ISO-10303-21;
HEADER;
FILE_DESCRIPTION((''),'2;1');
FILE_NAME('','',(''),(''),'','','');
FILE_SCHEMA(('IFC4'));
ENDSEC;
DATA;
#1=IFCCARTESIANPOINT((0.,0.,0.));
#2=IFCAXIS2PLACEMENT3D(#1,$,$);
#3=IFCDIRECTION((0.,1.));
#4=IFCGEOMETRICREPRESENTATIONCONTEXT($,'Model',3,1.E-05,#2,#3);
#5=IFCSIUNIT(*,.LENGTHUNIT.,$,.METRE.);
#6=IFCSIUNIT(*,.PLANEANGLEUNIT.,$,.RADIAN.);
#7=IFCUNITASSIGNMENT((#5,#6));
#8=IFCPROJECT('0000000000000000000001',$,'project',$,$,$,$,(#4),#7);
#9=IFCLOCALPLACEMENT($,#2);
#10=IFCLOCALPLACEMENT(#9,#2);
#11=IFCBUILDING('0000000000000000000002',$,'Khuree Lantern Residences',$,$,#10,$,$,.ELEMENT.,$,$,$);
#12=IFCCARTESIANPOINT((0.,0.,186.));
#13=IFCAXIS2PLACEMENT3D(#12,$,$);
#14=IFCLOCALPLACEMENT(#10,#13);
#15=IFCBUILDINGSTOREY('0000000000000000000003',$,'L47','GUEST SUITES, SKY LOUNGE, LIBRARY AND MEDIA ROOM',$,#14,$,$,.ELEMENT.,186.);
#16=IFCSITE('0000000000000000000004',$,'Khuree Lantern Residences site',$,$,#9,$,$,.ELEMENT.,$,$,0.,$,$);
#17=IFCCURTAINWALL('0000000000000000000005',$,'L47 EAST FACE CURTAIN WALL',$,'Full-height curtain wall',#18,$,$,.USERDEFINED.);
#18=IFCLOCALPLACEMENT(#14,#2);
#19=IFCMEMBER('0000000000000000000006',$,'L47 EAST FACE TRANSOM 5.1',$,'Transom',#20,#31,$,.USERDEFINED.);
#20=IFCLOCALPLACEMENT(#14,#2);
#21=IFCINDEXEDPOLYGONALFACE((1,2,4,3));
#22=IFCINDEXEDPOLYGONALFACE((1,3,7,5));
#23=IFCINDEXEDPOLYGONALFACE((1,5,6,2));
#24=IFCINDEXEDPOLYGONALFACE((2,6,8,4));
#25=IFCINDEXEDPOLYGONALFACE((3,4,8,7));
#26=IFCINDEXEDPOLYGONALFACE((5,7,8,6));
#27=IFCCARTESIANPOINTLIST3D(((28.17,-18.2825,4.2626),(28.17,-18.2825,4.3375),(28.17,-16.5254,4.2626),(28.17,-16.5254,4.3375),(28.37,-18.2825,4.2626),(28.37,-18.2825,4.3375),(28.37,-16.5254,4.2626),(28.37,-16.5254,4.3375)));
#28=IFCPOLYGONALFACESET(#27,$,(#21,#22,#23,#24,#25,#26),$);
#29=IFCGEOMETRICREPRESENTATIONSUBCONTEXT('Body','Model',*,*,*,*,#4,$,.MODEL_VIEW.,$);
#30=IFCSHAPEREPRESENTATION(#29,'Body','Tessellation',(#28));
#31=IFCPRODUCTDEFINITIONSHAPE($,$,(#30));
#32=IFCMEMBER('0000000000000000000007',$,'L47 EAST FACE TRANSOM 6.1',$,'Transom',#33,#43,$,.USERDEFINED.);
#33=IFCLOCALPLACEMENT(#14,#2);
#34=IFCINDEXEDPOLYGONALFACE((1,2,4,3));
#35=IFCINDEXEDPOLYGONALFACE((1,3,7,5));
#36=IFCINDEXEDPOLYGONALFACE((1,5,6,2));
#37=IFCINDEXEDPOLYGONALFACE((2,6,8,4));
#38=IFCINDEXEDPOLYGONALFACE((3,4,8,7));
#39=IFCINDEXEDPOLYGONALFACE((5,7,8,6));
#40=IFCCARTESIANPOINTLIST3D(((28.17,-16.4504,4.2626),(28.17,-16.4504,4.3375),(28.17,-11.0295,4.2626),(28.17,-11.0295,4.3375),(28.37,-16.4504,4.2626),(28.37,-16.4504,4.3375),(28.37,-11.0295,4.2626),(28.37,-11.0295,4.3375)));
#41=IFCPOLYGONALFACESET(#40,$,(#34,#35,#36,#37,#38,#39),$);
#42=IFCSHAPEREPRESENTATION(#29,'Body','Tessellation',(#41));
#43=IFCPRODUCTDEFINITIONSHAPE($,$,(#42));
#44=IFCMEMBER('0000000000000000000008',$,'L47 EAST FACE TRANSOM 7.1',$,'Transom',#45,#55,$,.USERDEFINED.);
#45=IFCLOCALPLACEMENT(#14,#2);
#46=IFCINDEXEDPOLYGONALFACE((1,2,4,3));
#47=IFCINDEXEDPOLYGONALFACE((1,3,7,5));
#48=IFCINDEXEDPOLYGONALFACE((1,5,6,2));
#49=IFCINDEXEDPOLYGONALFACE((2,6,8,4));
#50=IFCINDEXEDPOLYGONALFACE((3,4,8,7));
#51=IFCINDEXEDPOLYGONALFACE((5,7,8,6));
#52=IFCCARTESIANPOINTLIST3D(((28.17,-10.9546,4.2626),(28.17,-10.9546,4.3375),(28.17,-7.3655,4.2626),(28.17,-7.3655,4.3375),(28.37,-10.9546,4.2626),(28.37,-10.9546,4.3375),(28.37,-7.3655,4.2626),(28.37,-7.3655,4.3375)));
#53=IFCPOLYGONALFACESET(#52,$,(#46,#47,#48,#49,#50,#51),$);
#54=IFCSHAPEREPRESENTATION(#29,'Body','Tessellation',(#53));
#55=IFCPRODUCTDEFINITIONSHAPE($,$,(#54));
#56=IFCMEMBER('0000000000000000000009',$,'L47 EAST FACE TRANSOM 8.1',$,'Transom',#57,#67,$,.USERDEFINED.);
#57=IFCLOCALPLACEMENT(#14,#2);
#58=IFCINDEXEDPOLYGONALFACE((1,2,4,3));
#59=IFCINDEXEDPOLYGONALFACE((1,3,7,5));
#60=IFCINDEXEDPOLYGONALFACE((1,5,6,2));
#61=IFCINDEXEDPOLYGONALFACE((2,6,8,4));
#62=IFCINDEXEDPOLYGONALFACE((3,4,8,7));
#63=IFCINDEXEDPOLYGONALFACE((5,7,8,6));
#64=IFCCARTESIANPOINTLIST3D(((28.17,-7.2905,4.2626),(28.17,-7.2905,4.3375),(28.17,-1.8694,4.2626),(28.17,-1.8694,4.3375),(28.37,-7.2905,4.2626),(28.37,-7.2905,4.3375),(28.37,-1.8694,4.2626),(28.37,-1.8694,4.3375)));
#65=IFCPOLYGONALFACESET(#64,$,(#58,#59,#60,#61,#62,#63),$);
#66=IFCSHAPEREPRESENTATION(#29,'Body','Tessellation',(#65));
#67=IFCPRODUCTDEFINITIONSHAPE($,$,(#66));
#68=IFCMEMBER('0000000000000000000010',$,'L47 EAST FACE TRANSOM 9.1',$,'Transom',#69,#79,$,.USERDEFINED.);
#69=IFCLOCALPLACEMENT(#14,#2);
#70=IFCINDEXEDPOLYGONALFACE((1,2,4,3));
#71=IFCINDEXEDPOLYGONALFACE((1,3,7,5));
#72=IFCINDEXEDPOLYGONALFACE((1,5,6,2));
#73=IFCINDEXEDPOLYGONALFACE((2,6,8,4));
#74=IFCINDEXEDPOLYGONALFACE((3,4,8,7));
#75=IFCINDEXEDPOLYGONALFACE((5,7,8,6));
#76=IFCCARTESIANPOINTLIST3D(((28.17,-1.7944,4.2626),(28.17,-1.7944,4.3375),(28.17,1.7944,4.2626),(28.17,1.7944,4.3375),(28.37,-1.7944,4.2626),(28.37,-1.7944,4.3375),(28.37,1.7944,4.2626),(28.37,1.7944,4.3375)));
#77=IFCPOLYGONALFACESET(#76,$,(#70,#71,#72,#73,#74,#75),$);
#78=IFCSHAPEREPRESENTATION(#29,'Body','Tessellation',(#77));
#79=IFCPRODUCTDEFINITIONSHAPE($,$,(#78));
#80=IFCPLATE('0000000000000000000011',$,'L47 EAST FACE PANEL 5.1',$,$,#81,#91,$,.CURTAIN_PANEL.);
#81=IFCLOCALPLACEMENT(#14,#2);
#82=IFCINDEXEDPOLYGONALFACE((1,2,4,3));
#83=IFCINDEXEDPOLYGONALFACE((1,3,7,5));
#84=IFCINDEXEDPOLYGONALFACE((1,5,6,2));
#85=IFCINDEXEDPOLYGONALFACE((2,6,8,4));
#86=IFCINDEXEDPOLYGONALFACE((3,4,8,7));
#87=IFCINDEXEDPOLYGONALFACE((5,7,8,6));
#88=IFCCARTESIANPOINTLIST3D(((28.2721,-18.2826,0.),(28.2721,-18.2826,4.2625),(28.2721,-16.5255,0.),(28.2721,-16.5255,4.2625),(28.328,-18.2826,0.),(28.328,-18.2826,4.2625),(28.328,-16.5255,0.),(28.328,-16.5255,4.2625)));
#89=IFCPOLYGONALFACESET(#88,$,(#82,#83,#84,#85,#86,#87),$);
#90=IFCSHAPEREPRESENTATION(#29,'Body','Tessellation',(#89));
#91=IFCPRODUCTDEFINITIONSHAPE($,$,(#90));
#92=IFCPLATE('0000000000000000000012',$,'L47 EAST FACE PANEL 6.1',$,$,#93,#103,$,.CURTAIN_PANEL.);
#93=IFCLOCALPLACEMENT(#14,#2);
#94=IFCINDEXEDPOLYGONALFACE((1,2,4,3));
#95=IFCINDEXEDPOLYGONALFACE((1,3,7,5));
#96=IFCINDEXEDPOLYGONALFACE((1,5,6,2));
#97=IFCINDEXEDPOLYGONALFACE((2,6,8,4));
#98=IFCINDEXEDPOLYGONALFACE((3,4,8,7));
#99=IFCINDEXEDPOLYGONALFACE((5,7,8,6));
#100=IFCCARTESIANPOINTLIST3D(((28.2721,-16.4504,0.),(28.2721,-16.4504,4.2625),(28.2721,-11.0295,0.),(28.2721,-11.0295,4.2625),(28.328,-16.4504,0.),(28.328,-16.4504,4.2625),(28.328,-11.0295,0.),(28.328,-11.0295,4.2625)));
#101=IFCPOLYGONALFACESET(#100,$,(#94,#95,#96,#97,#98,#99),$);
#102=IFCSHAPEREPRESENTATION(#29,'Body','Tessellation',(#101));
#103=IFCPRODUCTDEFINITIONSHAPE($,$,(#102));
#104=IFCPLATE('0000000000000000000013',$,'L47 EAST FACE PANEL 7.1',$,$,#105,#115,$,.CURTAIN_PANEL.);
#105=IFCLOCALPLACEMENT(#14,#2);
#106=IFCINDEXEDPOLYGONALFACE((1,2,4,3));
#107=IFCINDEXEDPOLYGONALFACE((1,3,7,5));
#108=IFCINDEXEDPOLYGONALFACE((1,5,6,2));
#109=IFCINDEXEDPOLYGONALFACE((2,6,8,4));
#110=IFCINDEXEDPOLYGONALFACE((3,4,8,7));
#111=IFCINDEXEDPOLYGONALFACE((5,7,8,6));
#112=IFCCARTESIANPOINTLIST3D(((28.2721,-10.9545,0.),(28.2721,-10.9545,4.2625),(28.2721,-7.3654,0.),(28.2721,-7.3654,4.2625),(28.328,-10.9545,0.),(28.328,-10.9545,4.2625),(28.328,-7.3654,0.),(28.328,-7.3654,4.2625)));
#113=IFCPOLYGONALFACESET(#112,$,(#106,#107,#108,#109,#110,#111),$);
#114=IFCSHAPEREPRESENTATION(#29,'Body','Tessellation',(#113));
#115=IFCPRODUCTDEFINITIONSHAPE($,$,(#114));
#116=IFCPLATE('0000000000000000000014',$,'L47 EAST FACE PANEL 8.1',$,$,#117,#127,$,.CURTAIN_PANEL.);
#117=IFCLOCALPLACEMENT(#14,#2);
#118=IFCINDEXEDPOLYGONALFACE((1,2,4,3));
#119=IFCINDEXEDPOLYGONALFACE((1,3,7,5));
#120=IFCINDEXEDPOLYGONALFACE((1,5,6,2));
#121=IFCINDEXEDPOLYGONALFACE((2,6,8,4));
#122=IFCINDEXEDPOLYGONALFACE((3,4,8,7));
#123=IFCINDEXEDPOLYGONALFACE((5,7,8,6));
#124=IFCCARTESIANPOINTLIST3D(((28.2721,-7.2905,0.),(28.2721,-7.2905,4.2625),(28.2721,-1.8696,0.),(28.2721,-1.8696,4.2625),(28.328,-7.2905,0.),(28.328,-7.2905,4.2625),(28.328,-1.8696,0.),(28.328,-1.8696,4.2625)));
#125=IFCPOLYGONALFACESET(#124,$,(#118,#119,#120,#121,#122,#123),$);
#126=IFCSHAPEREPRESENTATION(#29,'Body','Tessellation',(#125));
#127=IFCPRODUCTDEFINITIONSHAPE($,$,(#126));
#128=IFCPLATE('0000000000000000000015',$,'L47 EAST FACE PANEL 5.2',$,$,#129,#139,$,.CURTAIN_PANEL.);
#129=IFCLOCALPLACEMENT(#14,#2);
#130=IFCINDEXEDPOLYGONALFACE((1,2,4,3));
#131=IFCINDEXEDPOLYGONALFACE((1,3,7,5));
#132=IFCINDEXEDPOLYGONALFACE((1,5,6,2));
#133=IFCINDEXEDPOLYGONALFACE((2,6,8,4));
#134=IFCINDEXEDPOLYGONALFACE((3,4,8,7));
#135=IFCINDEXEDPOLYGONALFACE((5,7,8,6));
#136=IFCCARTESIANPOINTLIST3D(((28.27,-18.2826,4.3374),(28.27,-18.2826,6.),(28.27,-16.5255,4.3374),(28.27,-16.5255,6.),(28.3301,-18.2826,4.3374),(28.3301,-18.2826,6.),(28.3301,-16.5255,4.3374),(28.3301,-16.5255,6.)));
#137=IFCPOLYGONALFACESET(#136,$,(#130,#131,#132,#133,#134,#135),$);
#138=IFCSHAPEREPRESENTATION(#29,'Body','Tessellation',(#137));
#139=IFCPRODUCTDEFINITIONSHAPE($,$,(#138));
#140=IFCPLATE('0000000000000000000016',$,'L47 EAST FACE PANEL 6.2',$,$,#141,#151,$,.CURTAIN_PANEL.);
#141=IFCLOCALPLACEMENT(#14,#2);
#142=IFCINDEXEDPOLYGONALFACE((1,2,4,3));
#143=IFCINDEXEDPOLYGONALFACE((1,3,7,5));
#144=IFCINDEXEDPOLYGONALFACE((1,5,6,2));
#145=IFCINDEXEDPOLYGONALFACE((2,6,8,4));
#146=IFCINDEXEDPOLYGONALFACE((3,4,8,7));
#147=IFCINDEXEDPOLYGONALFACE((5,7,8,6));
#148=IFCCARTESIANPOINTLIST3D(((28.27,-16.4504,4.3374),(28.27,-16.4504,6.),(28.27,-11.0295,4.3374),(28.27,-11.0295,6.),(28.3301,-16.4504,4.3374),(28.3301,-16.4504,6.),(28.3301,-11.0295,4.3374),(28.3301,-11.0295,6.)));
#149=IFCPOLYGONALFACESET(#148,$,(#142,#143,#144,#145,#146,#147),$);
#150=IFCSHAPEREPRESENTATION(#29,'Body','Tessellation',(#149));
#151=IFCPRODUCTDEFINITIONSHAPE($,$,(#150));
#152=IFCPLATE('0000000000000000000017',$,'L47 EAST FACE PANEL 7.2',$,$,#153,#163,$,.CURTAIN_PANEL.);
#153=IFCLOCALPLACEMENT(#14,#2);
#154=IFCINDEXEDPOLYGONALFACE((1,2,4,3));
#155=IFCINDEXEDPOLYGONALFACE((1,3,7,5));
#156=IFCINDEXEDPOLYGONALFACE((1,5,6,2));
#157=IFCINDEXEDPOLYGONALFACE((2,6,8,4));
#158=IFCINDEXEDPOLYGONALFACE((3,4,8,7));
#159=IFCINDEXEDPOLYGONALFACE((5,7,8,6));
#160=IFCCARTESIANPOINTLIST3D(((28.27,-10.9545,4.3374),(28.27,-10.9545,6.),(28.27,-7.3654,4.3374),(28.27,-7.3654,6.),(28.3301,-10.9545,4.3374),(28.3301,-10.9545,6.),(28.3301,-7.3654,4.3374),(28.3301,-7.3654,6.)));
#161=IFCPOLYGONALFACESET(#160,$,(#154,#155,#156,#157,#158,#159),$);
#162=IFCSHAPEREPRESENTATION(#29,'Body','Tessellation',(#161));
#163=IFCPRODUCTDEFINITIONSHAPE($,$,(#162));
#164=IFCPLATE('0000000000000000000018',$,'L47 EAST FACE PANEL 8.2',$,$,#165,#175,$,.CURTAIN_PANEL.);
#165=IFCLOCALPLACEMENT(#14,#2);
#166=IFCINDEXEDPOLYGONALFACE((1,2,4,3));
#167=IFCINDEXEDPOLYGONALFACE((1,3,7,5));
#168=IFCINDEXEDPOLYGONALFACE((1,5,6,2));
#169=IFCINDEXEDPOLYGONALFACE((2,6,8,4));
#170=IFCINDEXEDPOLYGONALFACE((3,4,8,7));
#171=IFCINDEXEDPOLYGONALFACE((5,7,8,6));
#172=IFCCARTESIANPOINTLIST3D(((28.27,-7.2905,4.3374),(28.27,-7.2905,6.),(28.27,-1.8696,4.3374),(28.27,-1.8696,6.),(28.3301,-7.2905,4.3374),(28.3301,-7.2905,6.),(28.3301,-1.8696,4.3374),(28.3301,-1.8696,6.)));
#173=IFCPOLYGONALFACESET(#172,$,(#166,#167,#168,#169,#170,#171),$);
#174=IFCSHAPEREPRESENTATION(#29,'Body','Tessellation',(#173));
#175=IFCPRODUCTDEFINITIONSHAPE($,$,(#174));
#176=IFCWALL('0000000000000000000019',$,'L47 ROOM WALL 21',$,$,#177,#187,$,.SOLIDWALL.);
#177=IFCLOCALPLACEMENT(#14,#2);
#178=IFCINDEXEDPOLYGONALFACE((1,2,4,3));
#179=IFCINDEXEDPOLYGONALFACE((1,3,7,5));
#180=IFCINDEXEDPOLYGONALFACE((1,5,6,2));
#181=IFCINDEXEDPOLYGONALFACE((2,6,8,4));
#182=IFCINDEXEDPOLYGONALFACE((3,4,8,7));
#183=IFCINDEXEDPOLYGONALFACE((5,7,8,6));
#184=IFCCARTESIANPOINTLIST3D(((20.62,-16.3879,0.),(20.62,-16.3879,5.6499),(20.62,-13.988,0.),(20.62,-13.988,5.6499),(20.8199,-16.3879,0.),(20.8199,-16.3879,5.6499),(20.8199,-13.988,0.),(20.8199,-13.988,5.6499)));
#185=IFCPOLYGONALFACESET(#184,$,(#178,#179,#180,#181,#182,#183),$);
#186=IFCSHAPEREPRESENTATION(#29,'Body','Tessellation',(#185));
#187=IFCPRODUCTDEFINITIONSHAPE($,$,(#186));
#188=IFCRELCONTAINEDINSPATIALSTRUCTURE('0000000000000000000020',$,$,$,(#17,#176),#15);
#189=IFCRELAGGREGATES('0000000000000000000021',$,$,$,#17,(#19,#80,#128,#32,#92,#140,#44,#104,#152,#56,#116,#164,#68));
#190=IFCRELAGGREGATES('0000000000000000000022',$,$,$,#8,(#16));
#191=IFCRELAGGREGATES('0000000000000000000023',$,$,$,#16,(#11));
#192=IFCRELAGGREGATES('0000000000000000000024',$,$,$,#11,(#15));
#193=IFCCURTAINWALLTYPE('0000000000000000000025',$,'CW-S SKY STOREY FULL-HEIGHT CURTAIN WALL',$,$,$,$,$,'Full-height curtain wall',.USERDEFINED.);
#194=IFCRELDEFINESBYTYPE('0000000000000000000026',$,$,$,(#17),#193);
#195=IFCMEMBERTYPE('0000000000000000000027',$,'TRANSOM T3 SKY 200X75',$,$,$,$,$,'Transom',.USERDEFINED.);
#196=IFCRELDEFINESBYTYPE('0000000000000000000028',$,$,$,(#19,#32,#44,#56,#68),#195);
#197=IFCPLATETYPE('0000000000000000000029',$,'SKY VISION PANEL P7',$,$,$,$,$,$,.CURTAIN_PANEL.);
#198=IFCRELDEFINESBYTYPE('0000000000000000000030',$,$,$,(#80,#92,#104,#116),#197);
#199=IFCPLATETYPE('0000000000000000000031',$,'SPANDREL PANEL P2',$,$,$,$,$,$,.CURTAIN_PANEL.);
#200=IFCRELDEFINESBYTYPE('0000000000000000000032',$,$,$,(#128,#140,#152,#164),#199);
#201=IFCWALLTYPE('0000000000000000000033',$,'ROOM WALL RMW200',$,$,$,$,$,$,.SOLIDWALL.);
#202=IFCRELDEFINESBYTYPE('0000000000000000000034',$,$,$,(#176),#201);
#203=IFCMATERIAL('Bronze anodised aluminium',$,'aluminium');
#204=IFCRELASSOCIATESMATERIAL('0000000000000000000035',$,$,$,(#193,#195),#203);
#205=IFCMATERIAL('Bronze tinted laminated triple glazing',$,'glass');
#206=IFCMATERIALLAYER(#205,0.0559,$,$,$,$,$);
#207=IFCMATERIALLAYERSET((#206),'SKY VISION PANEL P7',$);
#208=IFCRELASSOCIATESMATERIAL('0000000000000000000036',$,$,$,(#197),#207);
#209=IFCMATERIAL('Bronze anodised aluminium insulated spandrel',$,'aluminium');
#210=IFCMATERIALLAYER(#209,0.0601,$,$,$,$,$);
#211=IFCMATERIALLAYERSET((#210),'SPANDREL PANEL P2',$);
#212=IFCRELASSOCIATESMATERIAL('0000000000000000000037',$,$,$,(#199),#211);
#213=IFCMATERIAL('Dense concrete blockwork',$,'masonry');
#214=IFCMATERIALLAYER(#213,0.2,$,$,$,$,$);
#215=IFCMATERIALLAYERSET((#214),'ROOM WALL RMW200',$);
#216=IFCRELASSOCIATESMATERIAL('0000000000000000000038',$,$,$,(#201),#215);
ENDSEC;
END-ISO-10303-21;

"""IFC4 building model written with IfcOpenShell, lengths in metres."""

from ifc_helpers import new_model, si_unit, direction, frame, frame_2d, origin, origin_2d, place, context, subcontext, project, spatial, rectangle, extrude, material, layer, layer_set, material_profile, profile_set, type_object, element, aggregate, save


model = new_model("IFC4")

# Units and contexts
model_context = context("Model", 3, precision=1e-05, world=origin(), true_north=direction((0.0, 1.0)))
body_context = subcontext(model_context, "Body", "Model", "MODEL_VIEW")
ifc_project = project(units=[si_unit("LENGTHUNIT", "METRE"), si_unit("PLANEANGLEUNIT", "RADIAN")], contexts=[model_context])

# Site, building, storey
site_placement = place(None, origin())
site = spatial("IfcSite", under=ifc_project, at=site_placement, Name="Khuree Lantern Residences site", CompositionType="ELEMENT", RefElevation=0.0)
building_placement = place(site_placement, origin())
building = spatial("IfcBuilding", under=site, at=building_placement, Name="Khuree Lantern Residences", CompositionType="ELEMENT")
storey_placement = place(building_placement, frame((0.0, 0.0, 186.0)))
storey = spatial("IfcBuildingStorey", under=building, at=storey_placement, Name="L47", Description="GUEST SUITES, SKY LOUNGE, LIBRARY AND MEDIA ROOM", CompositionType="ELEMENT", Elevation=186.0)

# Curtain wall
ifc_material_1 = material(Name="Bronze anodised aluminium", Category="aluminium")
curtain_wall_type = type_object("IfcCurtainWallType", Name="CW-S SKY STOREY FULL-HEIGHT CURTAIN WALL", ElementType="Full-height curtain wall", PredefinedType="USERDEFINED", material=ifc_material_1)
curtain_wall_placement = place(storey_placement, origin())
curtain_wall = element("IfcCurtainWall", 1, at=curtain_wall_placement, inside=storey, type_object=curtain_wall_type, Name="L47 EAST FACE CURTAIN WALL", ObjectType="Full-height curtain wall", PredefinedType="USERDEFINED")

# Members
ifc_material_profile_1 = material_profile(ifc_material_1, rectangle(XDim=0.2, YDim=0.075, at=origin_2d()), Name="T3 200X75")
ifc_profile_set_1 = profile_set([ifc_material_profile_1], Name="Bronze anodised aluminium")
member_type_1 = type_object("IfcMemberType", Name="TRANSOM T3 SKY 200X75", ElementType="Transom", PredefinedType="USERDEFINED", material=ifc_profile_set_1)
member_1_placement = place(storey_placement, frame((28.27, -18.2825, 4.3), z_axis=(0.0, 1.0, 0.0), x_axis=(-1.0, 0.0, 0.0)))
member_1 = element("IfcMember", 2, at=member_1_placement, type_object=member_type_1, Name="L47 EAST FACE TRANSOM 5.1", ObjectType="Transom", PredefinedType="USERDEFINED", context=body_context, shape_type="SweptSolid", body=[
    extrude(rectangle(XDim=0.2, YDim=0.075, at=origin_2d()), origin(), (0.0, 0.0, 1.0), 1.7571),
])
member_2_placement = place(storey_placement, frame((28.27, -16.4504, 4.3), z_axis=(0.0, 1.0, 0.0), x_axis=(-1.0, 0.0, 0.0)))
member_2 = element("IfcMember", 3, at=member_2_placement, type_object=member_type_1, Name="L47 EAST FACE TRANSOM 6.1", ObjectType="Transom", PredefinedType="USERDEFINED", context=body_context, shape_type="SweptSolid", body=[
    extrude(rectangle(XDim=0.2, YDim=0.075, at=origin_2d()), origin(), (0.0, 0.0, 1.0), 5.4209),
])
member_3_placement = place(storey_placement, frame((28.27, -10.9546, 4.3), z_axis=(0.0, 1.0, 0.0), x_axis=(-1.0, 0.0, 0.0)))
member_3 = element("IfcMember", 4, at=member_3_placement, type_object=member_type_1, Name="L47 EAST FACE TRANSOM 7.1", ObjectType="Transom", PredefinedType="USERDEFINED", context=body_context, shape_type="SweptSolid", body=[
    extrude(rectangle(XDim=0.2, YDim=0.075, at=origin_2d()), origin(), (0.0, 0.0, 1.0), 3.5891),
])
member_4_placement = place(storey_placement, frame((28.27, -7.2905, 4.3), z_axis=(0.0, 1.0, 0.0), x_axis=(-1.0, 0.0, 0.0)))
member_4 = element("IfcMember", 5, at=member_4_placement, type_object=member_type_1, Name="L47 EAST FACE TRANSOM 8.1", ObjectType="Transom", PredefinedType="USERDEFINED", context=body_context, shape_type="SweptSolid", body=[
    extrude(rectangle(XDim=0.2, YDim=0.075, at=origin_2d()), origin(), (0.0, 0.0, 1.0), 5.4211),
])
member_5_placement = place(storey_placement, frame((28.27, -1.7944, 4.3), z_axis=(0.0, 1.0, 0.0), x_axis=(-1.0, 0.0, 0.0)))
member_5 = element("IfcMember", 6, at=member_5_placement, type_object=member_type_1, Name="L47 EAST FACE TRANSOM 9.1", ObjectType="Transom", PredefinedType="USERDEFINED", context=body_context, shape_type="SweptSolid", body=[
    extrude(rectangle(XDim=0.2, YDim=0.075, at=origin_2d()), origin(), (0.0, 0.0, 1.0), 3.5889),
])

# Plates
ifc_material_2 = material(Name="Bronze tinted laminated triple glazing", Category="glass")
ifc_layer_1 = layer(ifc_material_2, 0.0559)
ifc_layer_set_1 = layer_set([ifc_layer_1], Name="SKY VISION PANEL P7")
plate_type_1 = type_object("IfcPlateType", Name="SKY VISION PANEL P7", PredefinedType="CURTAIN_PANEL", material=ifc_layer_set_1)
plate_1_placement = place(storey_placement, frame((28.3, -17.4041, 0.0), z_axis=(0.0, 0.0, 1.0), x_axis=(0.0, 1.0, 0.0)))
plate_1 = element("IfcPlate", 7, at=plate_1_placement, type_object=plate_type_1, Name="L47 EAST FACE PANEL 5.1", PredefinedType="CURTAIN_PANEL", context=body_context, shape_type="SweptSolid", body=[
    extrude(rectangle(XDim=1.7571, YDim=0.0559, at=origin_2d()), origin(), (0.0, 0.0, 1.0), 4.2625),
])
plate_2_placement = place(storey_placement, frame((28.3, -13.74, 0.0), z_axis=(0.0, 0.0, 1.0), x_axis=(0.0, 1.0, 0.0)))
plate_2 = element("IfcPlate", 8, at=plate_2_placement, type_object=plate_type_1, Name="L47 EAST FACE PANEL 6.1", PredefinedType="CURTAIN_PANEL", context=body_context, shape_type="SweptSolid", body=[
    extrude(rectangle(XDim=5.4209, YDim=0.0559, at=origin_2d()), origin(), (0.0, 0.0, 1.0), 4.2625),
])
plate_3_placement = place(storey_placement, frame((28.3, -9.1599, 0.0), z_axis=(0.0, 0.0, 1.0), x_axis=(0.0, 1.0, 0.0)))
plate_3 = element("IfcPlate", 9, at=plate_3_placement, type_object=plate_type_1, Name="L47 EAST FACE PANEL 7.1", PredefinedType="CURTAIN_PANEL", context=body_context, shape_type="SweptSolid", body=[
    extrude(rectangle(XDim=3.5891, YDim=0.0559, at=origin_2d()), origin(), (0.0, 0.0, 1.0), 4.2625),
])
plate_4_placement = place(storey_placement, frame((28.3, -4.5801, 0.0), z_axis=(0.0, 0.0, 1.0), x_axis=(0.0, 1.0, 0.0)))
plate_4 = element("IfcPlate", 10, at=plate_4_placement, type_object=plate_type_1, Name="L47 EAST FACE PANEL 8.1", PredefinedType="CURTAIN_PANEL", context=body_context, shape_type="SweptSolid", body=[
    extrude(rectangle(XDim=5.4209, YDim=0.0559, at=origin_2d()), origin(), (0.0, 0.0, 1.0), 4.2625),
])
ifc_material_3 = material(Name="Bronze anodised aluminium insulated spandrel", Category="aluminium")
ifc_layer_2 = layer(ifc_material_3, 0.0601)
ifc_layer_set_2 = layer_set([ifc_layer_2], Name="SPANDREL PANEL P2")
plate_type_2 = type_object("IfcPlateType", Name="SPANDREL PANEL P2", PredefinedType="CURTAIN_PANEL", material=ifc_layer_set_2)
plate_5_placement = place(storey_placement, frame((28.3, -17.4041, 4.3374), z_axis=(0.0, 0.0, 1.0), x_axis=(0.0, 1.0, 0.0)))
plate_5 = element("IfcPlate", 11, at=plate_5_placement, type_object=plate_type_2, Name="L47 EAST FACE PANEL 5.2", PredefinedType="CURTAIN_PANEL", context=body_context, shape_type="SweptSolid", body=[
    extrude(rectangle(XDim=1.7571, YDim=0.0601, at=origin_2d()), origin(), (0.0, 0.0, 1.0), 1.6626),
])
plate_6_placement = place(storey_placement, frame((28.3, -13.74, 4.3374), z_axis=(0.0, 0.0, 1.0), x_axis=(0.0, 1.0, 0.0)))
plate_6 = element("IfcPlate", 12, at=plate_6_placement, type_object=plate_type_2, Name="L47 EAST FACE PANEL 6.2", PredefinedType="CURTAIN_PANEL", context=body_context, shape_type="SweptSolid", body=[
    extrude(rectangle(XDim=5.4209, YDim=0.0601, at=origin_2d()), origin(), (0.0, 0.0, 1.0), 1.6626),
])
plate_7_placement = place(storey_placement, frame((28.3, -9.1599, 4.3374), z_axis=(0.0, 0.0, 1.0), x_axis=(0.0, 1.0, 0.0)))
plate_7 = element("IfcPlate", 13, at=plate_7_placement, type_object=plate_type_2, Name="L47 EAST FACE PANEL 7.2", PredefinedType="CURTAIN_PANEL", context=body_context, shape_type="SweptSolid", body=[
    extrude(rectangle(XDim=3.5891, YDim=0.0601, at=origin_2d()), origin(), (0.0, 0.0, 1.0), 1.6626),
])
plate_8_placement = place(storey_placement, frame((28.3, -4.5801, 4.3374), z_axis=(0.0, 0.0, 1.0), x_axis=(0.0, 1.0, 0.0)))
plate_8 = element("IfcPlate", 14, at=plate_8_placement, type_object=plate_type_2, Name="L47 EAST FACE PANEL 8.2", PredefinedType="CURTAIN_PANEL", context=body_context, shape_type="SweptSolid", body=[
    extrude(rectangle(XDim=5.4209, YDim=0.0601, at=origin_2d()), origin(), (0.0, 0.0, 1.0), 1.6626),
])
aggregate(curtain_wall, [member_1, plate_1, plate_5, member_2, plate_2, plate_6, member_3, plate_3, plate_7, member_4, plate_4, plate_8, member_5])

# Wall
ifc_material_4 = material(Name="Dense concrete blockwork", Category="masonry")
ifc_layer_3 = layer(ifc_material_4, 0.2)
ifc_layer_set_3 = layer_set([ifc_layer_3], Name="ROOM WALL RMW200")
wall_type = type_object("IfcWallType", Name="ROOM WALL RMW200", PredefinedType="SOLIDWALL", material=ifc_layer_set_3)
wall_1_placement = place(storey_placement, frame((20.72, -16.3879, 0.0), z_axis=(0.0, 0.0, 1.0), x_axis=(0.0, 1.0, 0.0)))
element("IfcWall", 15, at=wall_1_placement, inside=storey, type_object=wall_type, Name="L47 ROOM WALL 21", PredefinedType="SOLIDWALL", context=body_context, shape_type="SweptSolid", body=[
    extrude(rectangle(XDim=2.3999, YDim=0.2, at=frame_2d((1.2, 0.0))), origin(), (0.0, 0.0, 1.0), 5.6499),
])

save(model, "model.ifc")
